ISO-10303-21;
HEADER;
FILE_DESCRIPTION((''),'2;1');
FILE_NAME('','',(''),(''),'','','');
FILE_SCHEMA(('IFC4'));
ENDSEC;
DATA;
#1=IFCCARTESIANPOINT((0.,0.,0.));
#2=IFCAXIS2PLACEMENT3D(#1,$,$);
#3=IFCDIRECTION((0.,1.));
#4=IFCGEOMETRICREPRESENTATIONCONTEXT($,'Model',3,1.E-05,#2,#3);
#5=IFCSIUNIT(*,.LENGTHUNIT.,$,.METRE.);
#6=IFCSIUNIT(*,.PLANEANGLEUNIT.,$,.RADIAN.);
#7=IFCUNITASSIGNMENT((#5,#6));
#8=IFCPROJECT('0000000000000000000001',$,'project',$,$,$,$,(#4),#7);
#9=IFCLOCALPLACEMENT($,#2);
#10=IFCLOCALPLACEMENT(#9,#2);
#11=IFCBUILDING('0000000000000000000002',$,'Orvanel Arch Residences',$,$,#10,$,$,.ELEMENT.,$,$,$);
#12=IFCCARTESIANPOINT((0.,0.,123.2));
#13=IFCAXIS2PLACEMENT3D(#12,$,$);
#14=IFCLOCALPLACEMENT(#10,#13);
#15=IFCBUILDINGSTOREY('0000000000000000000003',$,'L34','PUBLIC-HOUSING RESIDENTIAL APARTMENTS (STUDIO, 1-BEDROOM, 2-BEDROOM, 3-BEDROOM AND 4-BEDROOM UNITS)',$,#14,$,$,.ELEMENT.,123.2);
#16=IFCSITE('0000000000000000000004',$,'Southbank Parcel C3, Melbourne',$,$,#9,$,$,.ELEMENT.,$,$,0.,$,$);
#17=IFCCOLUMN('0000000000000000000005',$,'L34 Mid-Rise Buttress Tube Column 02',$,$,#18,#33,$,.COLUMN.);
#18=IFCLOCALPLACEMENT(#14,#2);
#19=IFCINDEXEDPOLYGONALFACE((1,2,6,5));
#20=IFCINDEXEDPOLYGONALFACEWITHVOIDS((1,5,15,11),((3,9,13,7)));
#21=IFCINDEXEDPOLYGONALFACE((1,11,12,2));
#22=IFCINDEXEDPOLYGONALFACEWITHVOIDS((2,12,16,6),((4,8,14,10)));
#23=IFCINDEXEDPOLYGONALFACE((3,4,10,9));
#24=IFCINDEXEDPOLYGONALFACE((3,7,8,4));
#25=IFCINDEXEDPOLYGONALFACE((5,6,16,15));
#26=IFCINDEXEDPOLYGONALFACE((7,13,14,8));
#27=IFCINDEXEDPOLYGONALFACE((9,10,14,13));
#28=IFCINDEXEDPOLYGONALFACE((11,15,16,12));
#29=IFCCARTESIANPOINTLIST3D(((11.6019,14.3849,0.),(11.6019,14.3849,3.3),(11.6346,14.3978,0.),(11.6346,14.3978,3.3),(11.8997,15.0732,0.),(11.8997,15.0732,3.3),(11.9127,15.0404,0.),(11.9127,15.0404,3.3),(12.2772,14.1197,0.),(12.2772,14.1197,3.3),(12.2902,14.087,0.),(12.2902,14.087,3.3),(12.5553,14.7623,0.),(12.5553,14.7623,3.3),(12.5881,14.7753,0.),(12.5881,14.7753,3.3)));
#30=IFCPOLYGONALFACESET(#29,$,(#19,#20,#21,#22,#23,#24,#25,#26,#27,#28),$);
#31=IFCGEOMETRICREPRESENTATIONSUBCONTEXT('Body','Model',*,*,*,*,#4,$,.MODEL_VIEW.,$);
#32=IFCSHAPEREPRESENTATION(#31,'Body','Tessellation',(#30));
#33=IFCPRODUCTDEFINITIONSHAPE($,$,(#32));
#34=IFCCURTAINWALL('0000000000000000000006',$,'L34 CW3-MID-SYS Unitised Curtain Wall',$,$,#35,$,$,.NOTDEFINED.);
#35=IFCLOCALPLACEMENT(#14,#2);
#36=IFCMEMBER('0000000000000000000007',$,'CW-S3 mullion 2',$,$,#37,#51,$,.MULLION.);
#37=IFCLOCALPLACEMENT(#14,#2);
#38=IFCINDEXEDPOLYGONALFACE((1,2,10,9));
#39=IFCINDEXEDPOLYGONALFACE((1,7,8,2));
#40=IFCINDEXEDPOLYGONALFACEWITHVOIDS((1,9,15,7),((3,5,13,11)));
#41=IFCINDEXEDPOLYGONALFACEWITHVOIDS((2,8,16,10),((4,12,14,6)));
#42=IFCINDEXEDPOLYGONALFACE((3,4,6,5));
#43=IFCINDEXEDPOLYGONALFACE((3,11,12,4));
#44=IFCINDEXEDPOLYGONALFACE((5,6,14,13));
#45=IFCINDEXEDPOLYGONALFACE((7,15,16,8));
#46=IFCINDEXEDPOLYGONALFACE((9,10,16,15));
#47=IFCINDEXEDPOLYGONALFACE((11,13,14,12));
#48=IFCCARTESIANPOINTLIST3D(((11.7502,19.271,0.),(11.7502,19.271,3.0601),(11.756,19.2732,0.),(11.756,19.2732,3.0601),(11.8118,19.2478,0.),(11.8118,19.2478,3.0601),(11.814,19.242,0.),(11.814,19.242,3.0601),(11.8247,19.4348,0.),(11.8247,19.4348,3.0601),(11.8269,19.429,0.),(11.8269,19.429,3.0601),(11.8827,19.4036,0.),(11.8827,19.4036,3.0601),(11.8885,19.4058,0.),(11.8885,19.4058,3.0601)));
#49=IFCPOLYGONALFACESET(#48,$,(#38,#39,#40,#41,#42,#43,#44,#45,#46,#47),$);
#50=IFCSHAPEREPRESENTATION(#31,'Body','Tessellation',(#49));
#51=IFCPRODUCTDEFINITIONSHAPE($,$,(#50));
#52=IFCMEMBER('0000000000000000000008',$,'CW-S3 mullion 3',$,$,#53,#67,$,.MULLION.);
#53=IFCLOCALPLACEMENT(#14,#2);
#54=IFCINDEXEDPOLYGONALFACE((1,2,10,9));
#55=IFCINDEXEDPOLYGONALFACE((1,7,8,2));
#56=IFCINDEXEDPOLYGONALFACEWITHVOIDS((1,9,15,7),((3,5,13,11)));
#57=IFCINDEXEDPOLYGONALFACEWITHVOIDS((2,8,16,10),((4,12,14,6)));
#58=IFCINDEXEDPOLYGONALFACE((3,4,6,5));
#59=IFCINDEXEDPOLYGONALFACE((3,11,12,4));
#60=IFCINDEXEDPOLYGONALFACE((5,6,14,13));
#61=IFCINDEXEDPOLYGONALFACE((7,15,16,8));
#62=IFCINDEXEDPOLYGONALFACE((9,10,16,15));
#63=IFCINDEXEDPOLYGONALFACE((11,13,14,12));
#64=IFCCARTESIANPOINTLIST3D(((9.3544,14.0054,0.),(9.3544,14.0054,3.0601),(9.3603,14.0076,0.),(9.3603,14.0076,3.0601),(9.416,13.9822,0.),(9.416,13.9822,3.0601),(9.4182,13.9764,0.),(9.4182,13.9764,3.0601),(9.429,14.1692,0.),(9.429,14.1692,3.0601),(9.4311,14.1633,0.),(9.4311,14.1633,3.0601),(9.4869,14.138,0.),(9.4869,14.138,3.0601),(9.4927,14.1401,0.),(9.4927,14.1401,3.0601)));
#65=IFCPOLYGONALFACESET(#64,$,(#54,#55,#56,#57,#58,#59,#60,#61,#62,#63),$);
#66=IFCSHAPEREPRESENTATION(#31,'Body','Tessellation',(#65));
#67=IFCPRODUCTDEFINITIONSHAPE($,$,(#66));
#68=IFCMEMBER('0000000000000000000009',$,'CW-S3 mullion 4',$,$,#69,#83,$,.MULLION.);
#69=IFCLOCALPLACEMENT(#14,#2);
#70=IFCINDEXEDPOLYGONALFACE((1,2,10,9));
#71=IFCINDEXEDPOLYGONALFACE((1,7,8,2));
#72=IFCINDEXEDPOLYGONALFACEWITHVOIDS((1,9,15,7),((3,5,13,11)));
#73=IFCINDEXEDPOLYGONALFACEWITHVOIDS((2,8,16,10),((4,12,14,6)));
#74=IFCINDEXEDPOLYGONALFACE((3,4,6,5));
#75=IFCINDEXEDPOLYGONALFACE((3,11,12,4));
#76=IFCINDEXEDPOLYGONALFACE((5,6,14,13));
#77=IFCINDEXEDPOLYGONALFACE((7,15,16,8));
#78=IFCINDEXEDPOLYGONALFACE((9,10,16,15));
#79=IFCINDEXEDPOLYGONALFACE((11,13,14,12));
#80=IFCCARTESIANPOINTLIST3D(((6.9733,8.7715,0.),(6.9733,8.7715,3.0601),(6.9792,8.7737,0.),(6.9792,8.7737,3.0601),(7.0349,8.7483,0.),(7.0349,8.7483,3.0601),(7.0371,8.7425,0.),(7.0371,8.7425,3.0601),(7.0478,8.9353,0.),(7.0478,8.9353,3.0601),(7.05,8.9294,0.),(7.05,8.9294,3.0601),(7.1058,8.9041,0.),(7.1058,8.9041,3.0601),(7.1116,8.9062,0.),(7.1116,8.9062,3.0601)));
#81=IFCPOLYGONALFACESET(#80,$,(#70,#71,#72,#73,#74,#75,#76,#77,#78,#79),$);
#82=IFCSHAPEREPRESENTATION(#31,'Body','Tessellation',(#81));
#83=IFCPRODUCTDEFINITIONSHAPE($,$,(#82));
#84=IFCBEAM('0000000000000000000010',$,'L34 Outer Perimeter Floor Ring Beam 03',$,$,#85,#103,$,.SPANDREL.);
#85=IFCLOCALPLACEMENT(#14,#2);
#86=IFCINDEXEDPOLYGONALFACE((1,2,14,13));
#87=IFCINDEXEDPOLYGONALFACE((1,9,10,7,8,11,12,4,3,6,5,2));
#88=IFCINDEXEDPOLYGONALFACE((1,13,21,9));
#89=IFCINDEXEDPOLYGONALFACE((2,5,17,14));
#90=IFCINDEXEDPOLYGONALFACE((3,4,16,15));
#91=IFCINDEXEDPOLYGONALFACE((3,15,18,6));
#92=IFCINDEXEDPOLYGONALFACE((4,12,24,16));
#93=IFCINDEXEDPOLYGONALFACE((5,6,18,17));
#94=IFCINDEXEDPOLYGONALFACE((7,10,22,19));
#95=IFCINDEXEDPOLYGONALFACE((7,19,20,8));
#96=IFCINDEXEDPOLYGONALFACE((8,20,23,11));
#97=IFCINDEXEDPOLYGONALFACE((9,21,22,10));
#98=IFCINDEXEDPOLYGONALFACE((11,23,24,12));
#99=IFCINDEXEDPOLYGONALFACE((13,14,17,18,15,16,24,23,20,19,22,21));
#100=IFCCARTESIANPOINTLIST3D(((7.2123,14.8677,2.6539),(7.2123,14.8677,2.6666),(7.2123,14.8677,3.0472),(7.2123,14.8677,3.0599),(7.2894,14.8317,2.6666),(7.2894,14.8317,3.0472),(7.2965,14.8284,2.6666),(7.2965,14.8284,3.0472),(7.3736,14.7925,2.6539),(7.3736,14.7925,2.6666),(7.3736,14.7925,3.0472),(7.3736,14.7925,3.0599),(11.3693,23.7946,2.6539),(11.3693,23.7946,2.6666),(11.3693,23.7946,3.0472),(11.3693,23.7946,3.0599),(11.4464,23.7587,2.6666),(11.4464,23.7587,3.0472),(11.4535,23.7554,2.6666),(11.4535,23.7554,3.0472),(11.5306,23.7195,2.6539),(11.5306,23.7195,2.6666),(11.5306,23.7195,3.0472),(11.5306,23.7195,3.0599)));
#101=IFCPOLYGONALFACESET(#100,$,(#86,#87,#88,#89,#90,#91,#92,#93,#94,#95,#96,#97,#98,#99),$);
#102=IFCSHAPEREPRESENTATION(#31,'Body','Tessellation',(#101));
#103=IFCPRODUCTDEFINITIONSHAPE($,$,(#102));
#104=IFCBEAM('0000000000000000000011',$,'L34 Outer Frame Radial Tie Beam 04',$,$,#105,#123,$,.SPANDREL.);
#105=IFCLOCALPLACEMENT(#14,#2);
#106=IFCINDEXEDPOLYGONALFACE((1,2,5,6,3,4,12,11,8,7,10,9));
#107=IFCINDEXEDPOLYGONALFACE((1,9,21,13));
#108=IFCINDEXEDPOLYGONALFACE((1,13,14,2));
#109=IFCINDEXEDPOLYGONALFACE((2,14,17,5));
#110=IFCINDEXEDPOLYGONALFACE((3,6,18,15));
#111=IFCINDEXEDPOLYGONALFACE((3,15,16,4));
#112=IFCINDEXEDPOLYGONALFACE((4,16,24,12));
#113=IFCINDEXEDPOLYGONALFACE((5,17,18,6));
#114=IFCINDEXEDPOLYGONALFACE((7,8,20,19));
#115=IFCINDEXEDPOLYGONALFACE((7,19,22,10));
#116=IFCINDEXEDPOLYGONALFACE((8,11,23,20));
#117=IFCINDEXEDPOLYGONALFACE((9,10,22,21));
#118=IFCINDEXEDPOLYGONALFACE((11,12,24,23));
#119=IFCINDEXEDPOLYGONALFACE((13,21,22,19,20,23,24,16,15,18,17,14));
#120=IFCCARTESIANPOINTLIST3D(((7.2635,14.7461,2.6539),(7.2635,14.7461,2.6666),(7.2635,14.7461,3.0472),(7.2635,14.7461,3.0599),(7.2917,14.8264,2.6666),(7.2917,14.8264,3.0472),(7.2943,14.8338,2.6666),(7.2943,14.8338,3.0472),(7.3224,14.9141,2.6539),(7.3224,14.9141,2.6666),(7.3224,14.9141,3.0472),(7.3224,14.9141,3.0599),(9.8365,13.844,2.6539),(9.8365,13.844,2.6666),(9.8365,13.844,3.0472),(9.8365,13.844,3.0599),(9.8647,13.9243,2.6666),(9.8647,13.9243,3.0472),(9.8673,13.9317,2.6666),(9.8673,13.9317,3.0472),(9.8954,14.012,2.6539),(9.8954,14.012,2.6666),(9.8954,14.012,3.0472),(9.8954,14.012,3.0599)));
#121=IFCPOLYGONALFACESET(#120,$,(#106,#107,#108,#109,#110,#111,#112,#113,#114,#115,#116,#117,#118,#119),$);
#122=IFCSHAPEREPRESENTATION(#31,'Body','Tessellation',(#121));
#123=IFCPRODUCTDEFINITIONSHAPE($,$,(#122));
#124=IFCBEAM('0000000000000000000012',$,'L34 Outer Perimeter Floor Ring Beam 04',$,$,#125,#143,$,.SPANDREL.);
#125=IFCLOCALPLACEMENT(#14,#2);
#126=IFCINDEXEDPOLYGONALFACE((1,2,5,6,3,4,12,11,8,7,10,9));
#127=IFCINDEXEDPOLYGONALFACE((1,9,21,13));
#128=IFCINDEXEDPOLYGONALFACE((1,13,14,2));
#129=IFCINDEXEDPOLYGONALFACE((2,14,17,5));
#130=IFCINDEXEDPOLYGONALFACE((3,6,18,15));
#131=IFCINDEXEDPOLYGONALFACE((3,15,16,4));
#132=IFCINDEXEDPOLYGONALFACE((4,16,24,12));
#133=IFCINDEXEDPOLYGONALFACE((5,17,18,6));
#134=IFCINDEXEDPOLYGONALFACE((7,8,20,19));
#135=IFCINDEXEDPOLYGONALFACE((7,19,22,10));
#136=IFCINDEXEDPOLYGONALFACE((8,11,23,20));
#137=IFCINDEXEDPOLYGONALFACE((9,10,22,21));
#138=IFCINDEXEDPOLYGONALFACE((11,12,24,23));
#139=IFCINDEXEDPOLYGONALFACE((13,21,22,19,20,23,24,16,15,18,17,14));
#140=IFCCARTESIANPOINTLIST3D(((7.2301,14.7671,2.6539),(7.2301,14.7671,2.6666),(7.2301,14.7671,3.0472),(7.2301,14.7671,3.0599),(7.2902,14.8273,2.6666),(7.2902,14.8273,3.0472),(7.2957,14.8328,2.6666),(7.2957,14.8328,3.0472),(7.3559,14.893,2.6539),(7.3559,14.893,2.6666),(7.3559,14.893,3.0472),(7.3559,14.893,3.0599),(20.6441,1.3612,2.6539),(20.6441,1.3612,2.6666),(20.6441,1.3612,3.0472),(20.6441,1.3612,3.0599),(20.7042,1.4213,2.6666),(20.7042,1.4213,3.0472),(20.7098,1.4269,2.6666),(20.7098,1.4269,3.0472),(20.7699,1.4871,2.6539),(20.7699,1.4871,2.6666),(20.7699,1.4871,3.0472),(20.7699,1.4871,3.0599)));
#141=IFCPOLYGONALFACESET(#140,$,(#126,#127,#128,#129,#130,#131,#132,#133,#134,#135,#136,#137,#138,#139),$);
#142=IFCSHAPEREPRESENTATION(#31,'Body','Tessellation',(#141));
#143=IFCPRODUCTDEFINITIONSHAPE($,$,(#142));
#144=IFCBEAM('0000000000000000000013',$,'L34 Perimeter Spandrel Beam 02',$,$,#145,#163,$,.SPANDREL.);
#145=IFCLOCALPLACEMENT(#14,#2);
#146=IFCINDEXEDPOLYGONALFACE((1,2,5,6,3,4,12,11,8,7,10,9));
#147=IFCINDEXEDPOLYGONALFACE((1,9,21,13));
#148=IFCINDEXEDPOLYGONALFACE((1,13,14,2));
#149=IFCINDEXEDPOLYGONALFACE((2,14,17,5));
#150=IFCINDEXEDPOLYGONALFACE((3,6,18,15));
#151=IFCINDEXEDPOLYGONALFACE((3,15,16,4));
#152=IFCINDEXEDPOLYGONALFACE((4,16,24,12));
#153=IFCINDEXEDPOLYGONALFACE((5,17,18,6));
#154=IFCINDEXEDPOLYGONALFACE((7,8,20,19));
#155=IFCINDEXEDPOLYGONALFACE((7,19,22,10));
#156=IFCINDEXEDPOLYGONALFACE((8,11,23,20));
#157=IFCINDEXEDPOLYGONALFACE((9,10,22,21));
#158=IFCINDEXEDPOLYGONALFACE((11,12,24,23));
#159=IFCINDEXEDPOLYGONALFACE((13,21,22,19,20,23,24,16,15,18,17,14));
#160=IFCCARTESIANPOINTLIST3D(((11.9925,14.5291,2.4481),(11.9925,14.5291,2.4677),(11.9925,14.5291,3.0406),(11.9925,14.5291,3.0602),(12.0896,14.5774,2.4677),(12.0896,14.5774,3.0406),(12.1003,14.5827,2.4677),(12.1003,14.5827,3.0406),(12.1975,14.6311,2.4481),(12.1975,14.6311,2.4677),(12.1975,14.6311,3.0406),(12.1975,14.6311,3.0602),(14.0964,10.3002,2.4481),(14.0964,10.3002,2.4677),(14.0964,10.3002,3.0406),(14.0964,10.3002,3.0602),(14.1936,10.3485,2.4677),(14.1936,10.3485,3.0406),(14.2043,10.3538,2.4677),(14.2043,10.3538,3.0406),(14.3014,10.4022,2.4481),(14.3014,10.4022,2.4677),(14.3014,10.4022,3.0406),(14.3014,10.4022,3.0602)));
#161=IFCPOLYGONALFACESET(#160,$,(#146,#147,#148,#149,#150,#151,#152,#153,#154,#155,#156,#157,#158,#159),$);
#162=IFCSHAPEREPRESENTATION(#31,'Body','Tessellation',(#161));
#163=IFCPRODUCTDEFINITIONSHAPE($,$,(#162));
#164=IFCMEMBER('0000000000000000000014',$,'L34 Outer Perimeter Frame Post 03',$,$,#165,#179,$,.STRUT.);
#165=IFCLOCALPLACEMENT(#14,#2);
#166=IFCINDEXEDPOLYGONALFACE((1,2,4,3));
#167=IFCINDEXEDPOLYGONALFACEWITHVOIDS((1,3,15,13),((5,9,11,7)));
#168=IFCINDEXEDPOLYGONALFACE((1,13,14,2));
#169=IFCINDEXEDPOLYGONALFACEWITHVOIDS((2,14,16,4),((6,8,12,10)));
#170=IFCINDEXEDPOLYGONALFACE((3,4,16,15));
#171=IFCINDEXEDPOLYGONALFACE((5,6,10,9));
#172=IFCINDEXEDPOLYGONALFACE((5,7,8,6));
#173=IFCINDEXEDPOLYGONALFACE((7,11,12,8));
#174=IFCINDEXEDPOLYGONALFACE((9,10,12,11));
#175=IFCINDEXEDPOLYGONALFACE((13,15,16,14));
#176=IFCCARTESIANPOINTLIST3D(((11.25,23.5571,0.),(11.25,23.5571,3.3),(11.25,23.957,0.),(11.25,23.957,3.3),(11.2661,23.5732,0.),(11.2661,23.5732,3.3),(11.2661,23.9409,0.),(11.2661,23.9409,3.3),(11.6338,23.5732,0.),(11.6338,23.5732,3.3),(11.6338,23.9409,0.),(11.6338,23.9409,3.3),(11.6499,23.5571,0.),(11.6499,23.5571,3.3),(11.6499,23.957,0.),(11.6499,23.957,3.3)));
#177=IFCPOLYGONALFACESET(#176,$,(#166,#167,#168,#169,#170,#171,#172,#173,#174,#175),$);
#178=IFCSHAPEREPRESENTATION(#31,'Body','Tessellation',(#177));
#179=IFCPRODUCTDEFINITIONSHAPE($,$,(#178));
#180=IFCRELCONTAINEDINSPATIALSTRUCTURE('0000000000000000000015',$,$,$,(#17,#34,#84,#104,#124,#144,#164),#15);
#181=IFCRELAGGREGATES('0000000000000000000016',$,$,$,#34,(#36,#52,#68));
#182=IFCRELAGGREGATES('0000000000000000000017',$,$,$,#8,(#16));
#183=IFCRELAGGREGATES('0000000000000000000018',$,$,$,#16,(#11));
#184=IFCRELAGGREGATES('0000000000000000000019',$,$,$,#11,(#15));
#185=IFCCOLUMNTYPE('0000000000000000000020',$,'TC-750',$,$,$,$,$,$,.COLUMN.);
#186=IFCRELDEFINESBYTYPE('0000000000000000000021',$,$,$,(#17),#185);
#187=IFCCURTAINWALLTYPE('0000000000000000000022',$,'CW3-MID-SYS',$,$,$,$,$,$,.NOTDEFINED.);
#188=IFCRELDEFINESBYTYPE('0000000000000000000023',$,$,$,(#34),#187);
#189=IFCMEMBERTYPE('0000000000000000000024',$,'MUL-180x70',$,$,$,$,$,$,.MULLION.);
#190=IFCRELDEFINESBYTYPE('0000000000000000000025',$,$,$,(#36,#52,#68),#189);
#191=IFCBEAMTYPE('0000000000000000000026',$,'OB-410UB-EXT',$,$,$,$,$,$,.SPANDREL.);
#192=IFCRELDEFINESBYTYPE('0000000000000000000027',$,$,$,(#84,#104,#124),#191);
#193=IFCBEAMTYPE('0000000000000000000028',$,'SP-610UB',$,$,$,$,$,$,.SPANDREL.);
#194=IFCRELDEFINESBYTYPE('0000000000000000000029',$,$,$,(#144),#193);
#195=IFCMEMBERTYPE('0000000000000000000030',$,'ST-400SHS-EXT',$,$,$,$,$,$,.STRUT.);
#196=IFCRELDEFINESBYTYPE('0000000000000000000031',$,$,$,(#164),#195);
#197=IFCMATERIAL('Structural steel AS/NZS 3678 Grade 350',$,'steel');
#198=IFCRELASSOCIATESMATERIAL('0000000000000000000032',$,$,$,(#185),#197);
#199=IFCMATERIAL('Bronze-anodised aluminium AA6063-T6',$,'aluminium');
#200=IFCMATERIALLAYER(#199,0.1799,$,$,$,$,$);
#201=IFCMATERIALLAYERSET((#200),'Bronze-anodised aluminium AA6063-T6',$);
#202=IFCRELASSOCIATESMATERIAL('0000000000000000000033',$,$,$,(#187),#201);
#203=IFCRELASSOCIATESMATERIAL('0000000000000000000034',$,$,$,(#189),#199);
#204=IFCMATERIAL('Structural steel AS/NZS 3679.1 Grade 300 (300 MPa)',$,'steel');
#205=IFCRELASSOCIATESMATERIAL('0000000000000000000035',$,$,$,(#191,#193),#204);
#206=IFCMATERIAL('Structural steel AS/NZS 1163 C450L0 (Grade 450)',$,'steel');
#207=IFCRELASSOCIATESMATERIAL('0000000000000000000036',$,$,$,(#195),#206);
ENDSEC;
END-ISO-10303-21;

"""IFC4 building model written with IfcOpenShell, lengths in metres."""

from ifc_helpers import new_model, si_unit, direction, frame, origin, origin_2d, place, context, subcontext, project, spatial, hollow_rectangle, i_section, extrude, material, layer, layer_set, material_profile, profile_set, type_object, element, aggregate, save


model = new_model("IFC4")

# Units and contexts
model_context = context("Model", 3, precision=1e-05, world=origin(), true_north=direction((0.0, 1.0)))
body_context = subcontext(model_context, "Body", "Model", "MODEL_VIEW")
ifc_project = project(units=[si_unit("LENGTHUNIT", "METRE"), si_unit("PLANEANGLEUNIT", "RADIAN")], contexts=[model_context])

# Site, building, storey
site_placement = place(None, origin())
site = spatial("IfcSite", under=ifc_project, at=site_placement, Name="Southbank Parcel C3, Melbourne", CompositionType="ELEMENT", RefElevation=0.0)
building_placement = place(site_placement, origin())
building = spatial("IfcBuilding", under=site, at=building_placement, Name="Orvanel Arch Residences", CompositionType="ELEMENT")
storey_placement = place(building_placement, frame((0.0, 0.0, 123.2)))
storey = spatial("IfcBuildingStorey", under=building, at=storey_placement, Name="L34", Description="PUBLIC-HOUSING RESIDENTIAL APARTMENTS (STUDIO, 1-BEDROOM, 2-BEDROOM, 3-BEDROOM AND 4-BEDROOM UNITS)", CompositionType="ELEMENT", Elevation=123.2)

# Column
ifc_material_1 = material(Name="Structural steel AS/NZS 3678 Grade 350", Category="steel")
ifc_material_profile_1 = material_profile(ifc_material_1, hollow_rectangle(XDim=0.75, YDim=0.75, WallThickness=0.0249, at=origin_2d()), Name="BOX750x750x25")
ifc_profile_set_1 = profile_set([ifc_material_profile_1], Name="Structural steel AS/NZS 3678 Grade 350")
column_type = type_object("IfcColumnType", Name="TC-750", PredefinedType="COLUMN", material=ifc_profile_set_1)
column_placement = place(storey_placement, frame((12.095, 14.5801, 0.0), z_axis=(0.0, 0.0, 1.0), x_axis=(0.397148, 0.917755, 0.0)))
element("IfcColumn", 1, at=column_placement, inside=storey, type_object=column_type, Name="L34 Mid-Rise Buttress Tube Column 02", PredefinedType="COLUMN", context=body_context, shape_type="SweptSolid", body=[
    extrude(hollow_rectangle(XDim=0.75, YDim=0.75, WallThickness=0.0249, at=origin_2d()), origin(), (0.0, 0.0, 1.0), 3.3),
])

# Curtain wall, members
ifc_material_2 = material(Name="Bronze-anodised aluminium AA6063-T6", Category="aluminium")
ifc_layer_1 = layer(ifc_material_2, 0.1799)
ifc_layer_set_1 = layer_set([ifc_layer_1], Name="Bronze-anodised aluminium AA6063-T6")
curtain_wall_type = type_object("IfcCurtainWallType", Name="CW3-MID-SYS", PredefinedType="NOTDEFINED", material=ifc_layer_set_1)
curtain_wall_placement = place(storey_placement, origin())
curtain_wall = element("IfcCurtainWall", 2, at=curtain_wall_placement, inside=storey, type_object=curtain_wall_type, Name="L34 CW3-MID-SYS Unitised Curtain Wall", PredefinedType="NOTDEFINED")
ifc_material_profile_2 = material_profile(ifc_material_2, hollow_rectangle(XDim=0.0701, YDim=0.1799, WallThickness=0.0044, at=origin_2d()), Name="ALU180x70x4.5")
ifc_profile_set_2 = profile_set([ifc_material_profile_2], Name="Bronze-anodised aluminium AA6063-T6")
member_type_1 = type_object("IfcMemberType", Name="MUL-180x70", PredefinedType="MULLION", material=ifc_profile_set_2)
member_1_placement = place(storey_placement, frame((11.8193, 19.3384, 0.0), z_axis=(0.0, 0.0, 1.0), x_axis=(0.910224, -0.414115, 0.0)))
member_1 = element("IfcMember", 3, at=member_1_placement, type_object=member_type_1, Name="CW-S3 mullion 2", PredefinedType="MULLION", context=body_context, shape_type="SweptSolid", body=[
    extrude(hollow_rectangle(XDim=0.0701, YDim=0.1799, WallThickness=0.0044, at=origin_2d()), origin(), (0.0, 0.0, 1.0), 3.0601),
])
member_2_placement = place(storey_placement, frame((9.4236, 14.0728, 0.0), z_axis=(0.0, 0.0, 1.0), x_axis=(0.910224, -0.414115, 0.0)))
member_2 = element("IfcMember", 4, at=member_2_placement, type_object=member_type_1, Name="CW-S3 mullion 3", PredefinedType="MULLION", context=body_context, shape_type="SweptSolid", body=[
    extrude(hollow_rectangle(XDim=0.0701, YDim=0.1799, WallThickness=0.0044, at=origin_2d()), origin(), (0.0, 0.0, 1.0), 3.0601),
])
member_3_placement = place(storey_placement, frame((7.0425, 8.8389, 0.0), z_axis=(0.0, 0.0, 1.0), x_axis=(0.910224, -0.414115, 0.0)))
member_3 = element("IfcMember", 5, at=member_3_placement, type_object=member_type_1, Name="CW-S3 mullion 4", PredefinedType="MULLION", context=body_context, shape_type="SweptSolid", body=[
    extrude(hollow_rectangle(XDim=0.0701, YDim=0.1799, WallThickness=0.0044, at=origin_2d()), origin(), (0.0, 0.0, 1.0), 3.0601),
])

# Beams
ifc_material_3 = material(Name="Structural steel AS/NZS 3679.1 Grade 300 (300 MPa)", Category="steel")
ifc_material_profile_3 = material_profile(ifc_material_3, i_section(OverallWidth=0.178, OverallDepth=0.406, WebThickness=0.0078, FlangeThickness=0.0127, at=origin_2d()), Name="410UB59.7")
ifc_profile_set_3 = profile_set([ifc_material_profile_3], Name="Structural steel AS/NZS 3679.1 Grade 300 (300 MPa)")
beam_type_1 = type_object("IfcBeamType", Name="OB-410UB-EXT", PredefinedType="SPANDREL", material=ifc_profile_set_3)
beam_1_placement = place(storey_placement, frame((11.45, 23.7571, 2.8569), z_axis=(-0.422139, -0.906531, 0.0), x_axis=(0.906531, -0.422139, 0.0)))
element("IfcBeam", 6, at=beam_1_placement, inside=storey, type_object=beam_type_1, Name="L34 Outer Perimeter Floor Ring Beam 03", PredefinedType="SPANDREL", context=body_context, shape_type="SweptSolid", body=[
    extrude(i_section(OverallWidth=0.178, OverallDepth=0.406, WebThickness=0.0078, FlangeThickness=0.0127, at=origin_2d()), origin(), (0.0, 0.0, 1.0), 9.8474),
])
beam_2_placement = place(storey_placement, frame((9.866, 13.928, 2.8569), z_axis=(-0.943681, 0.330857, 0.0), x_axis=(-0.330857, -0.943681, 0.0)))
element("IfcBeam", 7, at=beam_2_placement, inside=storey, type_object=beam_type_1, Name="L34 Outer Frame Radial Tie Beam 04", PredefinedType="SPANDREL", context=body_context, shape_type="SweptSolid", body=[
    extrude(i_section(OverallWidth=0.178, OverallDepth=0.406, WebThickness=0.0078, FlangeThickness=0.0127, at=origin_2d()), origin(), (0.0, 0.0, 1.0), 2.7266),
])
beam_3_placement = place(storey_placement, frame((7.293, 14.8301, 2.8569), z_axis=(0.707319, -0.706894, 0.0), x_axis=(0.706894, 0.707319, 0.0)))
element("IfcBeam", 8, at=beam_3_placement, inside=storey, type_object=beam_type_1, Name="L34 Outer Perimeter Floor Ring Beam 04", PredefinedType="SPANDREL", context=body_context, shape_type="SweptSolid", body=[
    extrude(i_section(OverallWidth=0.178, OverallDepth=0.406, WebThickness=0.0078, FlangeThickness=0.0127, at=origin_2d()), origin(), (0.0, 0.0, 1.0), 18.9646),
])
ifc_material_profile_4 = material_profile(ifc_material_3, i_section(OverallWidth=0.229, OverallDepth=0.6121, WebThickness=0.012, FlangeThickness=0.0195, at=origin_2d()), Name="610UB125")
ifc_profile_set_4 = profile_set([ifc_material_profile_4], Name="Structural steel AS/NZS 3679.1 Grade 300 (300 MPa)")
beam_type_2 = type_object("IfcBeamType", Name="SP-610UB", PredefinedType="SPANDREL", material=ifc_profile_set_4)
beam_4_placement = place(storey_placement, frame((12.095, 14.5801, 2.7542), z_axis=(0.445435, -0.895314, 0.0), x_axis=(0.895314, 0.445435, 0.0)))
element("IfcBeam", 9, at=beam_4_placement, inside=storey, type_object=beam_type_2, Name="L34 Perimeter Spandrel Beam 02", PredefinedType="SPANDREL", context=body_context, shape_type="SweptSolid", body=[
    extrude(i_section(OverallWidth=0.229, OverallDepth=0.6121, WebThickness=0.012, FlangeThickness=0.0195, at=origin_2d()), origin(), (0.0, 0.0, 1.0), 4.7234),
])

# Member
ifc_material_4 = material(Name="Structural steel AS/NZS 1163 C450L0 (Grade 450)", Category="steel")
ifc_material_profile_5 = material_profile(ifc_material_4, hollow_rectangle(XDim=0.3999, YDim=0.3999, WallThickness=0.0161, at=origin_2d()), Name="SHS400x400x16")
ifc_profile_set_5 = profile_set([ifc_material_profile_5], Name="Structural steel AS/NZS 1163 C450L0 (Grade 450)")
member_type_2 = type_object("IfcMemberType", Name="ST-400SHS-EXT", PredefinedType="STRUT", material=ifc_profile_set_5)
for number, where, z_axis, x_axis, name in (
    (10, (11.45, 23.7571, 0.0), (0.0, 0.0, 1.0), (1.0, 0.0, 0.0), "L34 Outer Perimeter Frame Post 03"),
):
    element("IfcMember", number, at=place(storey_placement, frame(where, z_axis=z_axis, x_axis=x_axis)), inside=storey, type_object=member_type_2, Name=name, PredefinedType="STRUT", context=body_context, shape_type="SweptSolid", body=[
        extrude(hollow_rectangle(XDim=0.3999, YDim=0.3999, WallThickness=0.0161, at=origin_2d()), origin(), (0.0, 0.0, 1.0), 3.3),
    ])

aggregate(curtain_wall, [member_1, member_2, member_3])

save(model, "model.ifc")
